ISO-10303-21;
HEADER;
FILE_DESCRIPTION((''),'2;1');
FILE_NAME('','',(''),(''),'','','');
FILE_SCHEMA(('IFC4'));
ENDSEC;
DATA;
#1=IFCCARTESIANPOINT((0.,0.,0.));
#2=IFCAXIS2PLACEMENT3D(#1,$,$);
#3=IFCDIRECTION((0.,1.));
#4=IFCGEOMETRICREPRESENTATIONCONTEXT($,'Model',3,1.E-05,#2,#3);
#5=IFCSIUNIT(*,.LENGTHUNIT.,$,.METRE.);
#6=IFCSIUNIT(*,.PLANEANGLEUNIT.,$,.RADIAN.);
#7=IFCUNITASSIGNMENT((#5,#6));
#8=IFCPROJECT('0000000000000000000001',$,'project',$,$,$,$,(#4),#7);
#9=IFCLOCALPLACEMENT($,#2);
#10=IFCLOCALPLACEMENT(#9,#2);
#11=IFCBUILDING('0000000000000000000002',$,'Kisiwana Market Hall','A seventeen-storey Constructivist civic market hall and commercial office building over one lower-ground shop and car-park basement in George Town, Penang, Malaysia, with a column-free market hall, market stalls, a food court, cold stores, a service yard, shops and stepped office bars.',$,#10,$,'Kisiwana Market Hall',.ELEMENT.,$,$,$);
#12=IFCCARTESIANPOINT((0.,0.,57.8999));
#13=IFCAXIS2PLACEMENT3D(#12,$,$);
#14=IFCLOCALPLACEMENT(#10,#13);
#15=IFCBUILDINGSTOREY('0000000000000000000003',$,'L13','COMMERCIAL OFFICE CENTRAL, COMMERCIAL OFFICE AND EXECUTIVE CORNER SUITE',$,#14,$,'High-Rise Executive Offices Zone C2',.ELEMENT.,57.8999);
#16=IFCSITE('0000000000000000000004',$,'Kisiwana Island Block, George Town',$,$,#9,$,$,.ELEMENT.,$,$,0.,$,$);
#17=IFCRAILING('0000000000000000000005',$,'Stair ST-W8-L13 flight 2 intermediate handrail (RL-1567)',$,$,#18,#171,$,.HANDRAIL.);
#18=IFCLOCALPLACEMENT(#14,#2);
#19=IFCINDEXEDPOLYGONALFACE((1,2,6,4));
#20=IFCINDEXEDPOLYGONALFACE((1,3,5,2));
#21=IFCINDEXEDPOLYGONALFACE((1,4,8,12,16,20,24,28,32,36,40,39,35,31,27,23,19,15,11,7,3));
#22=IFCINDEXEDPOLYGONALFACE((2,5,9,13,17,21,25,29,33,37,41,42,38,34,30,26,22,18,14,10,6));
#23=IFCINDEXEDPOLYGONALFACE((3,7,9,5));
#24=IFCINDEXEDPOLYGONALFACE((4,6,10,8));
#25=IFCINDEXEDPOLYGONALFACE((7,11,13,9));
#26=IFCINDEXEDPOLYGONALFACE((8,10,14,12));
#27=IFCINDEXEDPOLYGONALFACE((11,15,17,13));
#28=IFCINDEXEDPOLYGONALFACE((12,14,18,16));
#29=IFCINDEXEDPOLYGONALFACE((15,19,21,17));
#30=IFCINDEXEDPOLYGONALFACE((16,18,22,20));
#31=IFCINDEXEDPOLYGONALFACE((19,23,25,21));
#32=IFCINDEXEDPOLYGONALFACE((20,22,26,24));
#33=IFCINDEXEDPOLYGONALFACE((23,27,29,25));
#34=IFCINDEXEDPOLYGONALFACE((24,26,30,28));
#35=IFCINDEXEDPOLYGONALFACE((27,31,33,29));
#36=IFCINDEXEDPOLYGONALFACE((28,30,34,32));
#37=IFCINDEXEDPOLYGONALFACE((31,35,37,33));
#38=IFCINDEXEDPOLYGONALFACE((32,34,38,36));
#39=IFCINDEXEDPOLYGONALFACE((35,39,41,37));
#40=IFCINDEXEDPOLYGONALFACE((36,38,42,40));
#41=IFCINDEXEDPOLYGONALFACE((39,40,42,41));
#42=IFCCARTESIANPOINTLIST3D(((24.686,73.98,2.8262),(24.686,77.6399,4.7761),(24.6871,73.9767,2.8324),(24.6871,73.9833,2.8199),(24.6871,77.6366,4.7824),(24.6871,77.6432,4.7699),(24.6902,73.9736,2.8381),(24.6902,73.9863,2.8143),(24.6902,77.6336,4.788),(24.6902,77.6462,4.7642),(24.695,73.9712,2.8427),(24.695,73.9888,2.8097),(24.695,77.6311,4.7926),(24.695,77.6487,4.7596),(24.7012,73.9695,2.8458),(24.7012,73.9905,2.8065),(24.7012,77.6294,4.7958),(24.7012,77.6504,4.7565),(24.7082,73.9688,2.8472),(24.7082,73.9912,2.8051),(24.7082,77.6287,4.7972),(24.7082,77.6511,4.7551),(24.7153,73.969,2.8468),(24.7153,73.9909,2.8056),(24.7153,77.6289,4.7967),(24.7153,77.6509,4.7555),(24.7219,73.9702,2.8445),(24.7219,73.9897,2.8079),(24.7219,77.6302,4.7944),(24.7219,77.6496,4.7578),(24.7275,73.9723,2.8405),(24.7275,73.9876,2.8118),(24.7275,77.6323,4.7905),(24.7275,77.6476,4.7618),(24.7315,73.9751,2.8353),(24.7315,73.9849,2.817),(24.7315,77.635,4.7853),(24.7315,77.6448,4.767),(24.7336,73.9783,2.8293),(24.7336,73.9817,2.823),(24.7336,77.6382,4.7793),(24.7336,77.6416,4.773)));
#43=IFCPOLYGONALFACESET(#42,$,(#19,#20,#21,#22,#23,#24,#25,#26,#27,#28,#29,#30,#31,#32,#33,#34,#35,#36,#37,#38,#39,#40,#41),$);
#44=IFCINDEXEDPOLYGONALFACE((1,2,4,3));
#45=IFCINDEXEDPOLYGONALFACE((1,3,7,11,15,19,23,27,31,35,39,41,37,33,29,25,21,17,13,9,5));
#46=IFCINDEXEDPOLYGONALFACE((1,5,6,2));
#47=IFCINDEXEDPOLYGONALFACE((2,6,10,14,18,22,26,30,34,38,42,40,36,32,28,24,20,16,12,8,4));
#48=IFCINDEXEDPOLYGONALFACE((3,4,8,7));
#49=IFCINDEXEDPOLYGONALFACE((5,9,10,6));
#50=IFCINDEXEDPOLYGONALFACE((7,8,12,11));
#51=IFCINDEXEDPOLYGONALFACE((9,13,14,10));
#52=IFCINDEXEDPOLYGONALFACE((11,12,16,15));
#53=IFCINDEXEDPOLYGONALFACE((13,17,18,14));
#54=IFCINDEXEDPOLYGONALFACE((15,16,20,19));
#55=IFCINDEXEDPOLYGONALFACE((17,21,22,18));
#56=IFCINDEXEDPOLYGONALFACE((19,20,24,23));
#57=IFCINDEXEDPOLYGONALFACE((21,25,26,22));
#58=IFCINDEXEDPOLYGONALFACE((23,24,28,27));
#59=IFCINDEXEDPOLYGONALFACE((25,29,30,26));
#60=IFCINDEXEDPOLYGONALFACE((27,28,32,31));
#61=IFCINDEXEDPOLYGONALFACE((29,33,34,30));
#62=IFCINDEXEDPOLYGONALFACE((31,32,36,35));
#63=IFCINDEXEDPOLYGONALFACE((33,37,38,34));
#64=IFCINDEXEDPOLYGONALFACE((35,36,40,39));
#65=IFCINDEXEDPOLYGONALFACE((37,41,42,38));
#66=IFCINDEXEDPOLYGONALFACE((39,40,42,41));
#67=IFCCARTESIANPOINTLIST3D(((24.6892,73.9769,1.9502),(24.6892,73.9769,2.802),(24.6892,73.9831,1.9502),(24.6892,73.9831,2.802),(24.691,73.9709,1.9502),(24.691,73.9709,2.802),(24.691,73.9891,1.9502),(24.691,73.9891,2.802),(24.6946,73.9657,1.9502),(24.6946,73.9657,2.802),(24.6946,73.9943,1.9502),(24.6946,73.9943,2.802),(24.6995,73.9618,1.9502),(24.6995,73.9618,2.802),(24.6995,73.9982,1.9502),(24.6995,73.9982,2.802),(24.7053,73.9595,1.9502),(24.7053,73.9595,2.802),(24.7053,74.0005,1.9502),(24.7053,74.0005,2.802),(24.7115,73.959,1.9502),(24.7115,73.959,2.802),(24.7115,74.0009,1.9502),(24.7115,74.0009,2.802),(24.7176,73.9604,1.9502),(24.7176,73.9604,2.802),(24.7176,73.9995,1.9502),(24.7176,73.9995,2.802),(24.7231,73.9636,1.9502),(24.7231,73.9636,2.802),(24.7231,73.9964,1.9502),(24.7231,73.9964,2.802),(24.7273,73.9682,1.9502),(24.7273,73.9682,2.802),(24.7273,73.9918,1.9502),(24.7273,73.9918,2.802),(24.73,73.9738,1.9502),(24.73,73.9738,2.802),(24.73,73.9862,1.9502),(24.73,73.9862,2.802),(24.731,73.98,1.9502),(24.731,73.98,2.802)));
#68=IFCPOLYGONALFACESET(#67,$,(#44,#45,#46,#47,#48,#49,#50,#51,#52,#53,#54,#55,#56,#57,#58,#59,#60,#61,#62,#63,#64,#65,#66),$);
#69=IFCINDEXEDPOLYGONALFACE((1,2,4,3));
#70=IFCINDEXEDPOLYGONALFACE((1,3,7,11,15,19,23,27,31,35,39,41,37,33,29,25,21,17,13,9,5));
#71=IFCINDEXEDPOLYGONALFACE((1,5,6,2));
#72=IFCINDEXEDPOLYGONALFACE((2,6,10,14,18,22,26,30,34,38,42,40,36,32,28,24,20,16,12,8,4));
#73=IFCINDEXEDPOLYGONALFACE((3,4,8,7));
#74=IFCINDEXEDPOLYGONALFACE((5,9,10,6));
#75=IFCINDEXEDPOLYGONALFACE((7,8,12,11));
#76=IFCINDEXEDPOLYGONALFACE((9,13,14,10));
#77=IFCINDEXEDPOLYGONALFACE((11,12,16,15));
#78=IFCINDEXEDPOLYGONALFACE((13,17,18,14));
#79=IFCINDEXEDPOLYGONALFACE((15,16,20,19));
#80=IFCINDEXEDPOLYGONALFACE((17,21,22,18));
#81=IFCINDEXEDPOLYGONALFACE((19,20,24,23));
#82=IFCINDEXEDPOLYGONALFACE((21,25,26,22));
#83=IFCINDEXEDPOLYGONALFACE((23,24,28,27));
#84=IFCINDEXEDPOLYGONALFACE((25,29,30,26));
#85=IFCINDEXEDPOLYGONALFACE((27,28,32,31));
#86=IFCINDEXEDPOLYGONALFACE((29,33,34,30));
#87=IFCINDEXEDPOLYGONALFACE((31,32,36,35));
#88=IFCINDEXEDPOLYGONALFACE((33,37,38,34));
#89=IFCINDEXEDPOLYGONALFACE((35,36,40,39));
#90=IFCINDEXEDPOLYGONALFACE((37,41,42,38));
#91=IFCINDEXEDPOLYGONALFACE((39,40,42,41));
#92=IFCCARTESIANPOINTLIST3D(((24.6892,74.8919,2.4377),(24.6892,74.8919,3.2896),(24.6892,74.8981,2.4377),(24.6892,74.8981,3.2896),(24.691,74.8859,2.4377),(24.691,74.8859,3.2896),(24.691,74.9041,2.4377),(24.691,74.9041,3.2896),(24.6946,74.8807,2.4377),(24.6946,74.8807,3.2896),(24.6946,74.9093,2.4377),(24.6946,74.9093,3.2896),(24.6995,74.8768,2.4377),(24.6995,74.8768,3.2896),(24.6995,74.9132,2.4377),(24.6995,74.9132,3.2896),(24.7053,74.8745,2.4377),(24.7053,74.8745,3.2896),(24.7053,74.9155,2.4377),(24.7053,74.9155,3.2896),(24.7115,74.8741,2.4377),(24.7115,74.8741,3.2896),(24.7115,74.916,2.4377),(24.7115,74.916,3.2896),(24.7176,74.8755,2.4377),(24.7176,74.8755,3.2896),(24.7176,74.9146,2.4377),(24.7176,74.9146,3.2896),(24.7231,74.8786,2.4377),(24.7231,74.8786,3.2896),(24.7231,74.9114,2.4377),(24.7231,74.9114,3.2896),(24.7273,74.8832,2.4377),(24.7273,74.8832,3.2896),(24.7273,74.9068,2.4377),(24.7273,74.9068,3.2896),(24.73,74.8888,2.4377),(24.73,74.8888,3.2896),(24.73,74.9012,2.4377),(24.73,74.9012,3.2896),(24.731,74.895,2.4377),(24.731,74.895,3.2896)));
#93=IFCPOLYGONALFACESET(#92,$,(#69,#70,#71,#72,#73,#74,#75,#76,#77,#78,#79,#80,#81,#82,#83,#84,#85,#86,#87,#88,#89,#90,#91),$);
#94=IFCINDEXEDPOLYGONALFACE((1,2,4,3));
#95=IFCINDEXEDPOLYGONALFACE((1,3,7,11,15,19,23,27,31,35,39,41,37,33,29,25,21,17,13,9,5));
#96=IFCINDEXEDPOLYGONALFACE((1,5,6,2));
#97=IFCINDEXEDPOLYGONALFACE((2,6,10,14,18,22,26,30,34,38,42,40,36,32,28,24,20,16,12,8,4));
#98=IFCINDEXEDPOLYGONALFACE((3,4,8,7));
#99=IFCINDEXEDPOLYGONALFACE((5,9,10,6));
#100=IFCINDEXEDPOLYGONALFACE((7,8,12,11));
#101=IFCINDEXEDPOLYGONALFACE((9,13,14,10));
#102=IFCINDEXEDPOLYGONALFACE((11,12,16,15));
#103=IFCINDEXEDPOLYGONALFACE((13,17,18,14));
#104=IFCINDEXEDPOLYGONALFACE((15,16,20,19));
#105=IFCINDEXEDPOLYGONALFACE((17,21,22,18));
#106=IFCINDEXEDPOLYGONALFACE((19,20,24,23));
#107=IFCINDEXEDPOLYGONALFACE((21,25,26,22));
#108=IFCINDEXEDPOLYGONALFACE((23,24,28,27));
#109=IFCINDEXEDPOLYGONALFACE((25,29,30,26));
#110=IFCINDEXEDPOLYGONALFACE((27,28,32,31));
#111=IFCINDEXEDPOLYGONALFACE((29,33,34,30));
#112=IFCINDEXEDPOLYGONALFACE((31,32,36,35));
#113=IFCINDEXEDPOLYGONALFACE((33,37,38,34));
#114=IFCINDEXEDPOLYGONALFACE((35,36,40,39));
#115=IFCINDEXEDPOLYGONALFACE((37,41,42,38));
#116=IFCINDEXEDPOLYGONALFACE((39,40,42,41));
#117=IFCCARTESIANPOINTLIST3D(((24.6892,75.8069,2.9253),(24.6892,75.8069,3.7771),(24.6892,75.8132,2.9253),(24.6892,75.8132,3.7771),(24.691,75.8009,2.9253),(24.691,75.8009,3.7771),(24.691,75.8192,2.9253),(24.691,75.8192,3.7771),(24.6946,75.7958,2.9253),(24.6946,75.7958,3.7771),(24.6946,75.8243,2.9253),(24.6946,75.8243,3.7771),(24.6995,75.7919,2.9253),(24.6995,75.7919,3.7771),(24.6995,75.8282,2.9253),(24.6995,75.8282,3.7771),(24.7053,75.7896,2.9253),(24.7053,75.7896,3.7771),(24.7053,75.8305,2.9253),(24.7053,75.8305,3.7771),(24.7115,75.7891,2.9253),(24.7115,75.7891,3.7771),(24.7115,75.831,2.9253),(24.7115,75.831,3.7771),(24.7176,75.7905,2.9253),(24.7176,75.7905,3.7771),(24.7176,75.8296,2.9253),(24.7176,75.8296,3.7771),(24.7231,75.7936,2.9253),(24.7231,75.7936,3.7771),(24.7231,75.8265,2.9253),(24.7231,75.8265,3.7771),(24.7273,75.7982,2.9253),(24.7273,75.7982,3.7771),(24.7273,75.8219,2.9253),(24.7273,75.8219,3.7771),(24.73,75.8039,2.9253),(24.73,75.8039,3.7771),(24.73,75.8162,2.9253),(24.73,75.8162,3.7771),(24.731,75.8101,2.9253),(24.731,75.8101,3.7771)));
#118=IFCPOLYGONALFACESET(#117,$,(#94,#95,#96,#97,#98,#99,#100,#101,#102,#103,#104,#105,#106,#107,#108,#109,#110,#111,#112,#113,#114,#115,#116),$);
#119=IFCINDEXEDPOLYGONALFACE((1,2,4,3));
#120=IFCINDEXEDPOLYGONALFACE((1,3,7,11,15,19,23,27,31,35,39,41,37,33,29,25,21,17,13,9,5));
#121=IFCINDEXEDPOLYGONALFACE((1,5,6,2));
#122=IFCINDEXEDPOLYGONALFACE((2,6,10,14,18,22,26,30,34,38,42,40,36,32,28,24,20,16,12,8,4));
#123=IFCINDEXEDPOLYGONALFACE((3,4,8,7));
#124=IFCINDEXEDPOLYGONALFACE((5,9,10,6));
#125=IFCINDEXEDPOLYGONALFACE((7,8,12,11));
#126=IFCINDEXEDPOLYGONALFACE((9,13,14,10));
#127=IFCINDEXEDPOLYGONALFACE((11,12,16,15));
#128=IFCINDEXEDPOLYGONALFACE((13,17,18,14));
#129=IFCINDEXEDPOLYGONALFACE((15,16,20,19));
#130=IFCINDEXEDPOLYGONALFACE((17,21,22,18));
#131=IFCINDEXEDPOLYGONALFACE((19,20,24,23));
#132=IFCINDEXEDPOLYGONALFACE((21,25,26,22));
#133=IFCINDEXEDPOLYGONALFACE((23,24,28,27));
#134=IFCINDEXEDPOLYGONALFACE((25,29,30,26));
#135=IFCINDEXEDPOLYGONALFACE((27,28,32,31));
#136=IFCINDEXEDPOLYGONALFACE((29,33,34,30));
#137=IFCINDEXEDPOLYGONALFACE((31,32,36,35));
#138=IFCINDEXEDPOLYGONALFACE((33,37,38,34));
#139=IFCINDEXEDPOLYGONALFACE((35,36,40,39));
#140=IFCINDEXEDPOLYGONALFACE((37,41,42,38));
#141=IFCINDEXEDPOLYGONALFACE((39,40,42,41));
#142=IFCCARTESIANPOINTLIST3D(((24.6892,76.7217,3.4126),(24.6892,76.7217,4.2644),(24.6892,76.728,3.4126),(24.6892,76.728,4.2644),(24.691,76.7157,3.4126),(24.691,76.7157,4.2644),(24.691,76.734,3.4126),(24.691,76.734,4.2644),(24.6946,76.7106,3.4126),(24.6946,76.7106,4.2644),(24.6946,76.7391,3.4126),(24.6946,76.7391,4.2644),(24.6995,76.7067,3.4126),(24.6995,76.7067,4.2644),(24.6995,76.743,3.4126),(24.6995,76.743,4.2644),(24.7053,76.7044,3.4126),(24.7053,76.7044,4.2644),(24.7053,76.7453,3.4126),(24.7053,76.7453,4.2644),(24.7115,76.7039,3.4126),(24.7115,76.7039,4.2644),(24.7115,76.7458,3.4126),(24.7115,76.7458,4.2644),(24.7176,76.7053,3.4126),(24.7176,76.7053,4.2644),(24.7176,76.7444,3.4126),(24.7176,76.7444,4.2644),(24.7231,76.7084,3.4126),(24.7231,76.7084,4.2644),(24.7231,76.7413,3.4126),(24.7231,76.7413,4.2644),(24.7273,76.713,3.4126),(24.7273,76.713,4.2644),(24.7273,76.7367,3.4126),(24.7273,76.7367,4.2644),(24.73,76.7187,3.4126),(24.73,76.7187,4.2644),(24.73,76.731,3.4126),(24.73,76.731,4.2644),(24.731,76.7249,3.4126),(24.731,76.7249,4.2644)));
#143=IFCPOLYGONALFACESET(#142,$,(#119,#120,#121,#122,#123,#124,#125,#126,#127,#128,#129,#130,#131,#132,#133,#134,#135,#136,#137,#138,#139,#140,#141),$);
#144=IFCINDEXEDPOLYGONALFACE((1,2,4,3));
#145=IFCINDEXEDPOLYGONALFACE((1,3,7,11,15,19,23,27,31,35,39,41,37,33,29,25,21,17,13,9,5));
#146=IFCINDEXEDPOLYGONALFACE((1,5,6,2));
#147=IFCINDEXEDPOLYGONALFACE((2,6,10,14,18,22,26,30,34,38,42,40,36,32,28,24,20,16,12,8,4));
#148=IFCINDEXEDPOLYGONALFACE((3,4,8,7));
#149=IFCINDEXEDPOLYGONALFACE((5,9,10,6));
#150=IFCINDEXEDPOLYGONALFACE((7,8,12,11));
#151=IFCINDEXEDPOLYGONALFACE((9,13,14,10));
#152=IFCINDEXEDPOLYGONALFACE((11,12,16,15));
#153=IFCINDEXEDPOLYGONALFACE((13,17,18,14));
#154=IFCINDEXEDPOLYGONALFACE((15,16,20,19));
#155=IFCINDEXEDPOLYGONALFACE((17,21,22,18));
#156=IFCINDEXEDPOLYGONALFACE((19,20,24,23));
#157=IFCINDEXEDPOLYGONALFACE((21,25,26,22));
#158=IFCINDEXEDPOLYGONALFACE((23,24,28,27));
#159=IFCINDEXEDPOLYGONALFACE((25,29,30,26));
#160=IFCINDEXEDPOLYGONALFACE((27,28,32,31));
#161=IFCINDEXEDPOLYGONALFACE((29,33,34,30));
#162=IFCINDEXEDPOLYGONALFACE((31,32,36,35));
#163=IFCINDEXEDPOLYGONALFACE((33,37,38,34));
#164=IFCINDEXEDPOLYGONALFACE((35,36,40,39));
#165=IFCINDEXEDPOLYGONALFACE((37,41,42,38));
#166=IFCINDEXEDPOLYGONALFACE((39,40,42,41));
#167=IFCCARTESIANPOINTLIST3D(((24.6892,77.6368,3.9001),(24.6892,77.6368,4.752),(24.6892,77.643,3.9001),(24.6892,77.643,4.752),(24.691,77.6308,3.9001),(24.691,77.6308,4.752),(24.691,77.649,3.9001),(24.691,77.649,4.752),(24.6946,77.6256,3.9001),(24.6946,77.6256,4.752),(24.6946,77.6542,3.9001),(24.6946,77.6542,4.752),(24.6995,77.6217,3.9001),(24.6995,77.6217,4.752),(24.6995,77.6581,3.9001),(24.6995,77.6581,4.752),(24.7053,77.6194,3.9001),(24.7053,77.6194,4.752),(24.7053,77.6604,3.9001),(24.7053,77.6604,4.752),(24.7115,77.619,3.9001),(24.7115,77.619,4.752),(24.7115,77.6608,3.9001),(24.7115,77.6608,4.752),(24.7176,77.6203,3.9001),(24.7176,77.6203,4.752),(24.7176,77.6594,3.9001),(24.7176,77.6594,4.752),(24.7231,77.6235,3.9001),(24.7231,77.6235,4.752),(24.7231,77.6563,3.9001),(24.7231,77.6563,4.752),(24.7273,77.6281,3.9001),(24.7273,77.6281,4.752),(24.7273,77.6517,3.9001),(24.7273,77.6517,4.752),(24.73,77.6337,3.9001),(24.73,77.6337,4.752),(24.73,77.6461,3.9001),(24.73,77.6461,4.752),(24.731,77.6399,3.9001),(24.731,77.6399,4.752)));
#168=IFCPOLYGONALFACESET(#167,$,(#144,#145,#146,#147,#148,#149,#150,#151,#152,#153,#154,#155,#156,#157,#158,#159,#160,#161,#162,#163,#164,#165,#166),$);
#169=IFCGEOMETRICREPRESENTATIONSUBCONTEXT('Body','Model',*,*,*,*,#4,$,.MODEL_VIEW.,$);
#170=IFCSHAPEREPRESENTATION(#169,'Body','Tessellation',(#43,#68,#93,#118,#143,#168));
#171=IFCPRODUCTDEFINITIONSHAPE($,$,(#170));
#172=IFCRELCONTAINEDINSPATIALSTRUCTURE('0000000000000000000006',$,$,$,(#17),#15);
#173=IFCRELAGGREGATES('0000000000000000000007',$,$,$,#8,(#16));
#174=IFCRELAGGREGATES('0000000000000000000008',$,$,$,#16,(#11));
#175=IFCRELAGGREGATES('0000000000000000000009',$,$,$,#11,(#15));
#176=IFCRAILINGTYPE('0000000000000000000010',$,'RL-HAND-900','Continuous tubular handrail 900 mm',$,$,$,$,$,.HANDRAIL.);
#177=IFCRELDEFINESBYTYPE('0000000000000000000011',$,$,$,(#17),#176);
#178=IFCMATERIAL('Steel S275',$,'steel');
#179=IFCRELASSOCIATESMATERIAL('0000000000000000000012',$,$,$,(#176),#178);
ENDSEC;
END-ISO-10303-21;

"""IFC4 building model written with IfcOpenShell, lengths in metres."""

from ifc_helpers import new_model, si_unit, direction, frame, origin, origin_2d, place, context, subcontext, project, spatial, circle, extrude, material, type_object, element, save


model = new_model("IFC4")

# Units and contexts
model_context = context("Model", 3, precision=1e-05, world=origin(), true_north=direction((0.0, 1.0)))
body_context = subcontext(model_context, "Body", "Model", "MODEL_VIEW")
ifc_project = project(units=[si_unit("LENGTHUNIT", "METRE"), si_unit("PLANEANGLEUNIT", "RADIAN")], contexts=[model_context])

# Site, building, storey
site_placement = place(None, origin())
site = spatial("IfcSite", under=ifc_project, at=site_placement, Name="Kisiwana Island Block, George Town", CompositionType="ELEMENT", RefElevation=0.0)
building_placement = place(site_placement, origin())
building = spatial("IfcBuilding", under=site, at=building_placement, Name="Kisiwana Market Hall", Description="A seventeen-storey Constructivist civic market hall and commercial office building over one lower-ground shop and car-park basement in George Town, Penang, Malaysia, with a column-free market hall, market stalls, a food court, cold stores, a service yard, shops and stepped office bars.", LongName="Kisiwana Market Hall", CompositionType="ELEMENT")
storey_placement = place(building_placement, frame((0.0, 0.0, 57.8999)))
storey = spatial("IfcBuildingStorey", under=building, at=storey_placement, Name="L13", Description="COMMERCIAL OFFICE CENTRAL, COMMERCIAL OFFICE AND EXECUTIVE CORNER SUITE", LongName="High-Rise Executive Offices Zone C2", CompositionType="ELEMENT", Elevation=57.8999)

# Railing
ifc_material_1 = material(Name="Steel S275", Category="steel")
railing_type_1 = type_object("IfcRailingType", Name="RL-HAND-900", Description="Continuous tubular handrail 900 mm", PredefinedType="HANDRAIL", material=ifc_material_1)
for number, where, name in (
    (1, (24.71, 73.98, 1.9502), "Stair ST-W8-L13 flight 2 intermediate handrail (RL-1567)"),
):
    element("IfcRailing", number, at=place(storey_placement, frame(where)), inside=storey, type_object=railing_type_1, Name=name, PredefinedType="HANDRAIL", context=body_context, shape_type="SweptSolid", body=[
        extrude(circle(Radius=0.0239, at=origin_2d()), frame((0.0, 0.0, 0.876), z_axis=(0.0, 0.882553, 0.470212), x_axis=(-1.0, 0.0, 0.0)), (0.0, 0.0, 1.0), 4.147),
        extrude(circle(Radius=0.021, at=origin_2d()), origin(), (0.0, 0.0, 1.0), 0.8518),
        extrude(circle(Radius=0.021, at=origin_2d()), frame((0.0, 0.915, 0.4875)), (0.0, 0.0, 1.0), 0.8518),
        extrude(circle(Radius=0.021, at=origin_2d()), frame((0.0, 1.8301, 0.9751)), (0.0, 0.0, 1.0), 0.8518),
        extrude(circle(Radius=0.021, at=origin_2d()), frame((0.0, 2.7449, 1.4624)), (0.0, 0.0, 1.0), 0.8518),
        extrude(circle(Radius=0.021, at=origin_2d()), frame((0.0, 3.6599, 1.95)), (0.0, 0.0, 1.0), 0.8518),
    ])

save(model, "model.ifc")
